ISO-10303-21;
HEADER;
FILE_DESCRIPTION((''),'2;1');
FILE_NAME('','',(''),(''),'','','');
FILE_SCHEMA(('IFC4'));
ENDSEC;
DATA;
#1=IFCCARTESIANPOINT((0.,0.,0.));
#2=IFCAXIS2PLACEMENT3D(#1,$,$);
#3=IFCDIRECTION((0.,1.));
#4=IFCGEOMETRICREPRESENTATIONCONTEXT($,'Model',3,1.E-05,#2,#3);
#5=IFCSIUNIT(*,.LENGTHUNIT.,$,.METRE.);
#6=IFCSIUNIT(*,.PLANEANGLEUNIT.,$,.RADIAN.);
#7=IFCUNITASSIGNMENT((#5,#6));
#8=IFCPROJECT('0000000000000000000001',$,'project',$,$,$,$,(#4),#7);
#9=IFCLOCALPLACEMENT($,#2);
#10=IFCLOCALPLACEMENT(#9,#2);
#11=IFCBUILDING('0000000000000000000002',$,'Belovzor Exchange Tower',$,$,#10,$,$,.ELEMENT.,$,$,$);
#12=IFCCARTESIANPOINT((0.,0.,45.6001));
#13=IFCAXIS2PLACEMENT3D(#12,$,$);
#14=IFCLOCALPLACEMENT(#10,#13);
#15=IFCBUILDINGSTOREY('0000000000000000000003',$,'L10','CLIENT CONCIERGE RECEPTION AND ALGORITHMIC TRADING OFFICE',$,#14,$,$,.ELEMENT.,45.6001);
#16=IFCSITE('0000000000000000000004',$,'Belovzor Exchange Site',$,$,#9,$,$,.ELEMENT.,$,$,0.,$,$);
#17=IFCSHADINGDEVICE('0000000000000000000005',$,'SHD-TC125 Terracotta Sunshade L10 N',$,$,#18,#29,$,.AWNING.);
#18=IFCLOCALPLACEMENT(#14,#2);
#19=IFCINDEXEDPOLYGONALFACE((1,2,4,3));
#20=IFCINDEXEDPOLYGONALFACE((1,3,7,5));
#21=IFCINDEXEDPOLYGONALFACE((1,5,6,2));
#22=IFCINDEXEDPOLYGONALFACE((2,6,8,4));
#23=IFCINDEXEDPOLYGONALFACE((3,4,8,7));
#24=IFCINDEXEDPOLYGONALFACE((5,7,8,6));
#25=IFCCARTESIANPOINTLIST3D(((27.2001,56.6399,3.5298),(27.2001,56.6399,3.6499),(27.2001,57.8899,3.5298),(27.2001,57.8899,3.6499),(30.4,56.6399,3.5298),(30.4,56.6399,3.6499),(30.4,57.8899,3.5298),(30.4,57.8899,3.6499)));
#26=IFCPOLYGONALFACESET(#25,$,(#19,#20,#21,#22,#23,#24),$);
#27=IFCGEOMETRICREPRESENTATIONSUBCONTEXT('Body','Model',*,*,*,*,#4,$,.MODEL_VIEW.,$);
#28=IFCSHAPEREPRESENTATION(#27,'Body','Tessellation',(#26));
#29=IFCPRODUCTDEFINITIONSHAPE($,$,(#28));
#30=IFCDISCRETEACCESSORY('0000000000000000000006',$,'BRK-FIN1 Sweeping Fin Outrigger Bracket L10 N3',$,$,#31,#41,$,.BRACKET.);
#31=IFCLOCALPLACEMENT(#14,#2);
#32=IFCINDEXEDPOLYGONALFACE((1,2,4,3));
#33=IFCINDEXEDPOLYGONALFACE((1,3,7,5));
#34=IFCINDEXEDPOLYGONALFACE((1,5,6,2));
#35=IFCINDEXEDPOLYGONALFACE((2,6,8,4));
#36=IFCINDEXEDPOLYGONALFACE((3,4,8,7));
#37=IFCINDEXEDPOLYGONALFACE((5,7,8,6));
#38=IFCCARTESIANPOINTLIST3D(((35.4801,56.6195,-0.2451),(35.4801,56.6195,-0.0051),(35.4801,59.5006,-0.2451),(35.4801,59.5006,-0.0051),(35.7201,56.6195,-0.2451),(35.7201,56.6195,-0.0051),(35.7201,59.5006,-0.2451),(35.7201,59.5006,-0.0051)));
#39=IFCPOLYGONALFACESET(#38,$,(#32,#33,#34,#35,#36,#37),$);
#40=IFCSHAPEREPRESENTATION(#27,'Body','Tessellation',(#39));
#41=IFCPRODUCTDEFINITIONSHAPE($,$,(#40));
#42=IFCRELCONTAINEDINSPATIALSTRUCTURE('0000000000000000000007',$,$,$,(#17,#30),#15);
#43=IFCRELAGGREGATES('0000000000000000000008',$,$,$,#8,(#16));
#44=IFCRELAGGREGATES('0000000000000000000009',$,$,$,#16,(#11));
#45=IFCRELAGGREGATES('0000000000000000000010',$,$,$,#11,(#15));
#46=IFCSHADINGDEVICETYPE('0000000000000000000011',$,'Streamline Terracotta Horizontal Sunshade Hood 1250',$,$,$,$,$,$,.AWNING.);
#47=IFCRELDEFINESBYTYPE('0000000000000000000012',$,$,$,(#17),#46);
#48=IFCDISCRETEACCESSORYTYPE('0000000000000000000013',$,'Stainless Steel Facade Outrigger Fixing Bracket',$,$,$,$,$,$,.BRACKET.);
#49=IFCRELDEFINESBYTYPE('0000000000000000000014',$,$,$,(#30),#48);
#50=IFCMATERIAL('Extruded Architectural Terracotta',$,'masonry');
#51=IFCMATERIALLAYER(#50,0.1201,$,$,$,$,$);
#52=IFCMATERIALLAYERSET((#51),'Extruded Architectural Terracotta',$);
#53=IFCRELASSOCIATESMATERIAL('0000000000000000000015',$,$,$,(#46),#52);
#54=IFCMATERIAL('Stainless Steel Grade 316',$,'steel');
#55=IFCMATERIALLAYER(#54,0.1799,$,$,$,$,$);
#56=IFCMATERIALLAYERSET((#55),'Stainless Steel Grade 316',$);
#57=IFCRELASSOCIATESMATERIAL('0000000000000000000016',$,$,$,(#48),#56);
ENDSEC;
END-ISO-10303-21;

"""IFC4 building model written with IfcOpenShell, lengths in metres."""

from ifc_helpers import new_model, si_unit, direction, frame, origin, origin_2d, place, context, subcontext, project, spatial, rectangle, extrude, material, layer, layer_set, type_object, element, save


model = new_model("IFC4")

# Units and contexts
model_context = context("Model", 3, precision=1e-05, world=origin(), true_north=direction((0.0, 1.0)))
body_context = subcontext(model_context, "Body", "Model", "MODEL_VIEW")
ifc_project = project(units=[si_unit("LENGTHUNIT", "METRE"), si_unit("PLANEANGLEUNIT", "RADIAN")], contexts=[model_context])

# Site, building, storey
site_placement = place(None, origin())
site = spatial("IfcSite", under=ifc_project, at=site_placement, Name="Belovzor Exchange Site", CompositionType="ELEMENT", RefElevation=0.0)
building_placement = place(site_placement, origin())
building = spatial("IfcBuilding", under=site, at=building_placement, Name="Belovzor Exchange Tower", CompositionType="ELEMENT")
storey_placement = place(building_placement, frame((0.0, 0.0, 45.6001)))
storey = spatial("IfcBuildingStorey", under=building, at=storey_placement, Name="L10", Description="CLIENT CONCIERGE RECEPTION AND ALGORITHMIC TRADING OFFICE", CompositionType="ELEMENT", Elevation=45.6001)

# Shading device
ifc_material_1 = material(Name="Extruded Architectural Terracotta", Category="masonry")
ifc_layer_1 = layer(ifc_material_1, 0.1201)
ifc_layer_set_1 = layer_set([ifc_layer_1], Name="Extruded Architectural Terracotta")
shading_device_type = type_object("IfcShadingDeviceType", Name="Streamline Terracotta Horizontal Sunshade Hood 1250", PredefinedType="AWNING", material=ifc_layer_set_1)
shading_device_placement = place(storey_placement, frame((28.8, 57.2649, 3.5298), z_axis=(0.0, 0.0, 1.0), x_axis=(1.0, 0.0, 0.0)))
element("IfcShadingDevice", 1, at=shading_device_placement, inside=storey, type_object=shading_device_type, Name="SHD-TC125 Terracotta Sunshade L10 N", PredefinedType="AWNING", context=body_context, shape_type="SweptSolid", body=[
    extrude(rectangle(XDim=3.2, YDim=1.25, at=origin_2d()), origin(), (0.0, 0.0, 1.0), 0.1201),
])

# Discrete accessory
ifc_material_2 = material(Name="Stainless Steel Grade 316", Category="steel")
ifc_layer_2 = layer(ifc_material_2, 0.1799)
ifc_layer_set_2 = layer_set([ifc_layer_2], Name="Stainless Steel Grade 316")
discrete_accessory_type = type_object("IfcDiscreteAccessoryType", Name="Stainless Steel Facade Outrigger Fixing Bracket", PredefinedType="BRACKET", material=ifc_layer_set_2)
discrete_accessory_placement = place(storey_placement, frame((35.6001, 58.0601, -0.2451), z_axis=(0.0, 0.0, 1.0), x_axis=(0.0, 1.0, 0.0)))
element("IfcDiscreteAccessory", 2, at=discrete_accessory_placement, inside=storey, type_object=discrete_accessory_type, Name="BRK-FIN1 Sweeping Fin Outrigger Bracket L10 N3", PredefinedType="BRACKET", context=body_context, shape_type="SweptSolid", body=[
    extrude(rectangle(XDim=2.8811, YDim=0.24, at=origin_2d()), origin(), (0.0, 0.0, 1.0), 0.24),
])

save(model, "model.ifc")
